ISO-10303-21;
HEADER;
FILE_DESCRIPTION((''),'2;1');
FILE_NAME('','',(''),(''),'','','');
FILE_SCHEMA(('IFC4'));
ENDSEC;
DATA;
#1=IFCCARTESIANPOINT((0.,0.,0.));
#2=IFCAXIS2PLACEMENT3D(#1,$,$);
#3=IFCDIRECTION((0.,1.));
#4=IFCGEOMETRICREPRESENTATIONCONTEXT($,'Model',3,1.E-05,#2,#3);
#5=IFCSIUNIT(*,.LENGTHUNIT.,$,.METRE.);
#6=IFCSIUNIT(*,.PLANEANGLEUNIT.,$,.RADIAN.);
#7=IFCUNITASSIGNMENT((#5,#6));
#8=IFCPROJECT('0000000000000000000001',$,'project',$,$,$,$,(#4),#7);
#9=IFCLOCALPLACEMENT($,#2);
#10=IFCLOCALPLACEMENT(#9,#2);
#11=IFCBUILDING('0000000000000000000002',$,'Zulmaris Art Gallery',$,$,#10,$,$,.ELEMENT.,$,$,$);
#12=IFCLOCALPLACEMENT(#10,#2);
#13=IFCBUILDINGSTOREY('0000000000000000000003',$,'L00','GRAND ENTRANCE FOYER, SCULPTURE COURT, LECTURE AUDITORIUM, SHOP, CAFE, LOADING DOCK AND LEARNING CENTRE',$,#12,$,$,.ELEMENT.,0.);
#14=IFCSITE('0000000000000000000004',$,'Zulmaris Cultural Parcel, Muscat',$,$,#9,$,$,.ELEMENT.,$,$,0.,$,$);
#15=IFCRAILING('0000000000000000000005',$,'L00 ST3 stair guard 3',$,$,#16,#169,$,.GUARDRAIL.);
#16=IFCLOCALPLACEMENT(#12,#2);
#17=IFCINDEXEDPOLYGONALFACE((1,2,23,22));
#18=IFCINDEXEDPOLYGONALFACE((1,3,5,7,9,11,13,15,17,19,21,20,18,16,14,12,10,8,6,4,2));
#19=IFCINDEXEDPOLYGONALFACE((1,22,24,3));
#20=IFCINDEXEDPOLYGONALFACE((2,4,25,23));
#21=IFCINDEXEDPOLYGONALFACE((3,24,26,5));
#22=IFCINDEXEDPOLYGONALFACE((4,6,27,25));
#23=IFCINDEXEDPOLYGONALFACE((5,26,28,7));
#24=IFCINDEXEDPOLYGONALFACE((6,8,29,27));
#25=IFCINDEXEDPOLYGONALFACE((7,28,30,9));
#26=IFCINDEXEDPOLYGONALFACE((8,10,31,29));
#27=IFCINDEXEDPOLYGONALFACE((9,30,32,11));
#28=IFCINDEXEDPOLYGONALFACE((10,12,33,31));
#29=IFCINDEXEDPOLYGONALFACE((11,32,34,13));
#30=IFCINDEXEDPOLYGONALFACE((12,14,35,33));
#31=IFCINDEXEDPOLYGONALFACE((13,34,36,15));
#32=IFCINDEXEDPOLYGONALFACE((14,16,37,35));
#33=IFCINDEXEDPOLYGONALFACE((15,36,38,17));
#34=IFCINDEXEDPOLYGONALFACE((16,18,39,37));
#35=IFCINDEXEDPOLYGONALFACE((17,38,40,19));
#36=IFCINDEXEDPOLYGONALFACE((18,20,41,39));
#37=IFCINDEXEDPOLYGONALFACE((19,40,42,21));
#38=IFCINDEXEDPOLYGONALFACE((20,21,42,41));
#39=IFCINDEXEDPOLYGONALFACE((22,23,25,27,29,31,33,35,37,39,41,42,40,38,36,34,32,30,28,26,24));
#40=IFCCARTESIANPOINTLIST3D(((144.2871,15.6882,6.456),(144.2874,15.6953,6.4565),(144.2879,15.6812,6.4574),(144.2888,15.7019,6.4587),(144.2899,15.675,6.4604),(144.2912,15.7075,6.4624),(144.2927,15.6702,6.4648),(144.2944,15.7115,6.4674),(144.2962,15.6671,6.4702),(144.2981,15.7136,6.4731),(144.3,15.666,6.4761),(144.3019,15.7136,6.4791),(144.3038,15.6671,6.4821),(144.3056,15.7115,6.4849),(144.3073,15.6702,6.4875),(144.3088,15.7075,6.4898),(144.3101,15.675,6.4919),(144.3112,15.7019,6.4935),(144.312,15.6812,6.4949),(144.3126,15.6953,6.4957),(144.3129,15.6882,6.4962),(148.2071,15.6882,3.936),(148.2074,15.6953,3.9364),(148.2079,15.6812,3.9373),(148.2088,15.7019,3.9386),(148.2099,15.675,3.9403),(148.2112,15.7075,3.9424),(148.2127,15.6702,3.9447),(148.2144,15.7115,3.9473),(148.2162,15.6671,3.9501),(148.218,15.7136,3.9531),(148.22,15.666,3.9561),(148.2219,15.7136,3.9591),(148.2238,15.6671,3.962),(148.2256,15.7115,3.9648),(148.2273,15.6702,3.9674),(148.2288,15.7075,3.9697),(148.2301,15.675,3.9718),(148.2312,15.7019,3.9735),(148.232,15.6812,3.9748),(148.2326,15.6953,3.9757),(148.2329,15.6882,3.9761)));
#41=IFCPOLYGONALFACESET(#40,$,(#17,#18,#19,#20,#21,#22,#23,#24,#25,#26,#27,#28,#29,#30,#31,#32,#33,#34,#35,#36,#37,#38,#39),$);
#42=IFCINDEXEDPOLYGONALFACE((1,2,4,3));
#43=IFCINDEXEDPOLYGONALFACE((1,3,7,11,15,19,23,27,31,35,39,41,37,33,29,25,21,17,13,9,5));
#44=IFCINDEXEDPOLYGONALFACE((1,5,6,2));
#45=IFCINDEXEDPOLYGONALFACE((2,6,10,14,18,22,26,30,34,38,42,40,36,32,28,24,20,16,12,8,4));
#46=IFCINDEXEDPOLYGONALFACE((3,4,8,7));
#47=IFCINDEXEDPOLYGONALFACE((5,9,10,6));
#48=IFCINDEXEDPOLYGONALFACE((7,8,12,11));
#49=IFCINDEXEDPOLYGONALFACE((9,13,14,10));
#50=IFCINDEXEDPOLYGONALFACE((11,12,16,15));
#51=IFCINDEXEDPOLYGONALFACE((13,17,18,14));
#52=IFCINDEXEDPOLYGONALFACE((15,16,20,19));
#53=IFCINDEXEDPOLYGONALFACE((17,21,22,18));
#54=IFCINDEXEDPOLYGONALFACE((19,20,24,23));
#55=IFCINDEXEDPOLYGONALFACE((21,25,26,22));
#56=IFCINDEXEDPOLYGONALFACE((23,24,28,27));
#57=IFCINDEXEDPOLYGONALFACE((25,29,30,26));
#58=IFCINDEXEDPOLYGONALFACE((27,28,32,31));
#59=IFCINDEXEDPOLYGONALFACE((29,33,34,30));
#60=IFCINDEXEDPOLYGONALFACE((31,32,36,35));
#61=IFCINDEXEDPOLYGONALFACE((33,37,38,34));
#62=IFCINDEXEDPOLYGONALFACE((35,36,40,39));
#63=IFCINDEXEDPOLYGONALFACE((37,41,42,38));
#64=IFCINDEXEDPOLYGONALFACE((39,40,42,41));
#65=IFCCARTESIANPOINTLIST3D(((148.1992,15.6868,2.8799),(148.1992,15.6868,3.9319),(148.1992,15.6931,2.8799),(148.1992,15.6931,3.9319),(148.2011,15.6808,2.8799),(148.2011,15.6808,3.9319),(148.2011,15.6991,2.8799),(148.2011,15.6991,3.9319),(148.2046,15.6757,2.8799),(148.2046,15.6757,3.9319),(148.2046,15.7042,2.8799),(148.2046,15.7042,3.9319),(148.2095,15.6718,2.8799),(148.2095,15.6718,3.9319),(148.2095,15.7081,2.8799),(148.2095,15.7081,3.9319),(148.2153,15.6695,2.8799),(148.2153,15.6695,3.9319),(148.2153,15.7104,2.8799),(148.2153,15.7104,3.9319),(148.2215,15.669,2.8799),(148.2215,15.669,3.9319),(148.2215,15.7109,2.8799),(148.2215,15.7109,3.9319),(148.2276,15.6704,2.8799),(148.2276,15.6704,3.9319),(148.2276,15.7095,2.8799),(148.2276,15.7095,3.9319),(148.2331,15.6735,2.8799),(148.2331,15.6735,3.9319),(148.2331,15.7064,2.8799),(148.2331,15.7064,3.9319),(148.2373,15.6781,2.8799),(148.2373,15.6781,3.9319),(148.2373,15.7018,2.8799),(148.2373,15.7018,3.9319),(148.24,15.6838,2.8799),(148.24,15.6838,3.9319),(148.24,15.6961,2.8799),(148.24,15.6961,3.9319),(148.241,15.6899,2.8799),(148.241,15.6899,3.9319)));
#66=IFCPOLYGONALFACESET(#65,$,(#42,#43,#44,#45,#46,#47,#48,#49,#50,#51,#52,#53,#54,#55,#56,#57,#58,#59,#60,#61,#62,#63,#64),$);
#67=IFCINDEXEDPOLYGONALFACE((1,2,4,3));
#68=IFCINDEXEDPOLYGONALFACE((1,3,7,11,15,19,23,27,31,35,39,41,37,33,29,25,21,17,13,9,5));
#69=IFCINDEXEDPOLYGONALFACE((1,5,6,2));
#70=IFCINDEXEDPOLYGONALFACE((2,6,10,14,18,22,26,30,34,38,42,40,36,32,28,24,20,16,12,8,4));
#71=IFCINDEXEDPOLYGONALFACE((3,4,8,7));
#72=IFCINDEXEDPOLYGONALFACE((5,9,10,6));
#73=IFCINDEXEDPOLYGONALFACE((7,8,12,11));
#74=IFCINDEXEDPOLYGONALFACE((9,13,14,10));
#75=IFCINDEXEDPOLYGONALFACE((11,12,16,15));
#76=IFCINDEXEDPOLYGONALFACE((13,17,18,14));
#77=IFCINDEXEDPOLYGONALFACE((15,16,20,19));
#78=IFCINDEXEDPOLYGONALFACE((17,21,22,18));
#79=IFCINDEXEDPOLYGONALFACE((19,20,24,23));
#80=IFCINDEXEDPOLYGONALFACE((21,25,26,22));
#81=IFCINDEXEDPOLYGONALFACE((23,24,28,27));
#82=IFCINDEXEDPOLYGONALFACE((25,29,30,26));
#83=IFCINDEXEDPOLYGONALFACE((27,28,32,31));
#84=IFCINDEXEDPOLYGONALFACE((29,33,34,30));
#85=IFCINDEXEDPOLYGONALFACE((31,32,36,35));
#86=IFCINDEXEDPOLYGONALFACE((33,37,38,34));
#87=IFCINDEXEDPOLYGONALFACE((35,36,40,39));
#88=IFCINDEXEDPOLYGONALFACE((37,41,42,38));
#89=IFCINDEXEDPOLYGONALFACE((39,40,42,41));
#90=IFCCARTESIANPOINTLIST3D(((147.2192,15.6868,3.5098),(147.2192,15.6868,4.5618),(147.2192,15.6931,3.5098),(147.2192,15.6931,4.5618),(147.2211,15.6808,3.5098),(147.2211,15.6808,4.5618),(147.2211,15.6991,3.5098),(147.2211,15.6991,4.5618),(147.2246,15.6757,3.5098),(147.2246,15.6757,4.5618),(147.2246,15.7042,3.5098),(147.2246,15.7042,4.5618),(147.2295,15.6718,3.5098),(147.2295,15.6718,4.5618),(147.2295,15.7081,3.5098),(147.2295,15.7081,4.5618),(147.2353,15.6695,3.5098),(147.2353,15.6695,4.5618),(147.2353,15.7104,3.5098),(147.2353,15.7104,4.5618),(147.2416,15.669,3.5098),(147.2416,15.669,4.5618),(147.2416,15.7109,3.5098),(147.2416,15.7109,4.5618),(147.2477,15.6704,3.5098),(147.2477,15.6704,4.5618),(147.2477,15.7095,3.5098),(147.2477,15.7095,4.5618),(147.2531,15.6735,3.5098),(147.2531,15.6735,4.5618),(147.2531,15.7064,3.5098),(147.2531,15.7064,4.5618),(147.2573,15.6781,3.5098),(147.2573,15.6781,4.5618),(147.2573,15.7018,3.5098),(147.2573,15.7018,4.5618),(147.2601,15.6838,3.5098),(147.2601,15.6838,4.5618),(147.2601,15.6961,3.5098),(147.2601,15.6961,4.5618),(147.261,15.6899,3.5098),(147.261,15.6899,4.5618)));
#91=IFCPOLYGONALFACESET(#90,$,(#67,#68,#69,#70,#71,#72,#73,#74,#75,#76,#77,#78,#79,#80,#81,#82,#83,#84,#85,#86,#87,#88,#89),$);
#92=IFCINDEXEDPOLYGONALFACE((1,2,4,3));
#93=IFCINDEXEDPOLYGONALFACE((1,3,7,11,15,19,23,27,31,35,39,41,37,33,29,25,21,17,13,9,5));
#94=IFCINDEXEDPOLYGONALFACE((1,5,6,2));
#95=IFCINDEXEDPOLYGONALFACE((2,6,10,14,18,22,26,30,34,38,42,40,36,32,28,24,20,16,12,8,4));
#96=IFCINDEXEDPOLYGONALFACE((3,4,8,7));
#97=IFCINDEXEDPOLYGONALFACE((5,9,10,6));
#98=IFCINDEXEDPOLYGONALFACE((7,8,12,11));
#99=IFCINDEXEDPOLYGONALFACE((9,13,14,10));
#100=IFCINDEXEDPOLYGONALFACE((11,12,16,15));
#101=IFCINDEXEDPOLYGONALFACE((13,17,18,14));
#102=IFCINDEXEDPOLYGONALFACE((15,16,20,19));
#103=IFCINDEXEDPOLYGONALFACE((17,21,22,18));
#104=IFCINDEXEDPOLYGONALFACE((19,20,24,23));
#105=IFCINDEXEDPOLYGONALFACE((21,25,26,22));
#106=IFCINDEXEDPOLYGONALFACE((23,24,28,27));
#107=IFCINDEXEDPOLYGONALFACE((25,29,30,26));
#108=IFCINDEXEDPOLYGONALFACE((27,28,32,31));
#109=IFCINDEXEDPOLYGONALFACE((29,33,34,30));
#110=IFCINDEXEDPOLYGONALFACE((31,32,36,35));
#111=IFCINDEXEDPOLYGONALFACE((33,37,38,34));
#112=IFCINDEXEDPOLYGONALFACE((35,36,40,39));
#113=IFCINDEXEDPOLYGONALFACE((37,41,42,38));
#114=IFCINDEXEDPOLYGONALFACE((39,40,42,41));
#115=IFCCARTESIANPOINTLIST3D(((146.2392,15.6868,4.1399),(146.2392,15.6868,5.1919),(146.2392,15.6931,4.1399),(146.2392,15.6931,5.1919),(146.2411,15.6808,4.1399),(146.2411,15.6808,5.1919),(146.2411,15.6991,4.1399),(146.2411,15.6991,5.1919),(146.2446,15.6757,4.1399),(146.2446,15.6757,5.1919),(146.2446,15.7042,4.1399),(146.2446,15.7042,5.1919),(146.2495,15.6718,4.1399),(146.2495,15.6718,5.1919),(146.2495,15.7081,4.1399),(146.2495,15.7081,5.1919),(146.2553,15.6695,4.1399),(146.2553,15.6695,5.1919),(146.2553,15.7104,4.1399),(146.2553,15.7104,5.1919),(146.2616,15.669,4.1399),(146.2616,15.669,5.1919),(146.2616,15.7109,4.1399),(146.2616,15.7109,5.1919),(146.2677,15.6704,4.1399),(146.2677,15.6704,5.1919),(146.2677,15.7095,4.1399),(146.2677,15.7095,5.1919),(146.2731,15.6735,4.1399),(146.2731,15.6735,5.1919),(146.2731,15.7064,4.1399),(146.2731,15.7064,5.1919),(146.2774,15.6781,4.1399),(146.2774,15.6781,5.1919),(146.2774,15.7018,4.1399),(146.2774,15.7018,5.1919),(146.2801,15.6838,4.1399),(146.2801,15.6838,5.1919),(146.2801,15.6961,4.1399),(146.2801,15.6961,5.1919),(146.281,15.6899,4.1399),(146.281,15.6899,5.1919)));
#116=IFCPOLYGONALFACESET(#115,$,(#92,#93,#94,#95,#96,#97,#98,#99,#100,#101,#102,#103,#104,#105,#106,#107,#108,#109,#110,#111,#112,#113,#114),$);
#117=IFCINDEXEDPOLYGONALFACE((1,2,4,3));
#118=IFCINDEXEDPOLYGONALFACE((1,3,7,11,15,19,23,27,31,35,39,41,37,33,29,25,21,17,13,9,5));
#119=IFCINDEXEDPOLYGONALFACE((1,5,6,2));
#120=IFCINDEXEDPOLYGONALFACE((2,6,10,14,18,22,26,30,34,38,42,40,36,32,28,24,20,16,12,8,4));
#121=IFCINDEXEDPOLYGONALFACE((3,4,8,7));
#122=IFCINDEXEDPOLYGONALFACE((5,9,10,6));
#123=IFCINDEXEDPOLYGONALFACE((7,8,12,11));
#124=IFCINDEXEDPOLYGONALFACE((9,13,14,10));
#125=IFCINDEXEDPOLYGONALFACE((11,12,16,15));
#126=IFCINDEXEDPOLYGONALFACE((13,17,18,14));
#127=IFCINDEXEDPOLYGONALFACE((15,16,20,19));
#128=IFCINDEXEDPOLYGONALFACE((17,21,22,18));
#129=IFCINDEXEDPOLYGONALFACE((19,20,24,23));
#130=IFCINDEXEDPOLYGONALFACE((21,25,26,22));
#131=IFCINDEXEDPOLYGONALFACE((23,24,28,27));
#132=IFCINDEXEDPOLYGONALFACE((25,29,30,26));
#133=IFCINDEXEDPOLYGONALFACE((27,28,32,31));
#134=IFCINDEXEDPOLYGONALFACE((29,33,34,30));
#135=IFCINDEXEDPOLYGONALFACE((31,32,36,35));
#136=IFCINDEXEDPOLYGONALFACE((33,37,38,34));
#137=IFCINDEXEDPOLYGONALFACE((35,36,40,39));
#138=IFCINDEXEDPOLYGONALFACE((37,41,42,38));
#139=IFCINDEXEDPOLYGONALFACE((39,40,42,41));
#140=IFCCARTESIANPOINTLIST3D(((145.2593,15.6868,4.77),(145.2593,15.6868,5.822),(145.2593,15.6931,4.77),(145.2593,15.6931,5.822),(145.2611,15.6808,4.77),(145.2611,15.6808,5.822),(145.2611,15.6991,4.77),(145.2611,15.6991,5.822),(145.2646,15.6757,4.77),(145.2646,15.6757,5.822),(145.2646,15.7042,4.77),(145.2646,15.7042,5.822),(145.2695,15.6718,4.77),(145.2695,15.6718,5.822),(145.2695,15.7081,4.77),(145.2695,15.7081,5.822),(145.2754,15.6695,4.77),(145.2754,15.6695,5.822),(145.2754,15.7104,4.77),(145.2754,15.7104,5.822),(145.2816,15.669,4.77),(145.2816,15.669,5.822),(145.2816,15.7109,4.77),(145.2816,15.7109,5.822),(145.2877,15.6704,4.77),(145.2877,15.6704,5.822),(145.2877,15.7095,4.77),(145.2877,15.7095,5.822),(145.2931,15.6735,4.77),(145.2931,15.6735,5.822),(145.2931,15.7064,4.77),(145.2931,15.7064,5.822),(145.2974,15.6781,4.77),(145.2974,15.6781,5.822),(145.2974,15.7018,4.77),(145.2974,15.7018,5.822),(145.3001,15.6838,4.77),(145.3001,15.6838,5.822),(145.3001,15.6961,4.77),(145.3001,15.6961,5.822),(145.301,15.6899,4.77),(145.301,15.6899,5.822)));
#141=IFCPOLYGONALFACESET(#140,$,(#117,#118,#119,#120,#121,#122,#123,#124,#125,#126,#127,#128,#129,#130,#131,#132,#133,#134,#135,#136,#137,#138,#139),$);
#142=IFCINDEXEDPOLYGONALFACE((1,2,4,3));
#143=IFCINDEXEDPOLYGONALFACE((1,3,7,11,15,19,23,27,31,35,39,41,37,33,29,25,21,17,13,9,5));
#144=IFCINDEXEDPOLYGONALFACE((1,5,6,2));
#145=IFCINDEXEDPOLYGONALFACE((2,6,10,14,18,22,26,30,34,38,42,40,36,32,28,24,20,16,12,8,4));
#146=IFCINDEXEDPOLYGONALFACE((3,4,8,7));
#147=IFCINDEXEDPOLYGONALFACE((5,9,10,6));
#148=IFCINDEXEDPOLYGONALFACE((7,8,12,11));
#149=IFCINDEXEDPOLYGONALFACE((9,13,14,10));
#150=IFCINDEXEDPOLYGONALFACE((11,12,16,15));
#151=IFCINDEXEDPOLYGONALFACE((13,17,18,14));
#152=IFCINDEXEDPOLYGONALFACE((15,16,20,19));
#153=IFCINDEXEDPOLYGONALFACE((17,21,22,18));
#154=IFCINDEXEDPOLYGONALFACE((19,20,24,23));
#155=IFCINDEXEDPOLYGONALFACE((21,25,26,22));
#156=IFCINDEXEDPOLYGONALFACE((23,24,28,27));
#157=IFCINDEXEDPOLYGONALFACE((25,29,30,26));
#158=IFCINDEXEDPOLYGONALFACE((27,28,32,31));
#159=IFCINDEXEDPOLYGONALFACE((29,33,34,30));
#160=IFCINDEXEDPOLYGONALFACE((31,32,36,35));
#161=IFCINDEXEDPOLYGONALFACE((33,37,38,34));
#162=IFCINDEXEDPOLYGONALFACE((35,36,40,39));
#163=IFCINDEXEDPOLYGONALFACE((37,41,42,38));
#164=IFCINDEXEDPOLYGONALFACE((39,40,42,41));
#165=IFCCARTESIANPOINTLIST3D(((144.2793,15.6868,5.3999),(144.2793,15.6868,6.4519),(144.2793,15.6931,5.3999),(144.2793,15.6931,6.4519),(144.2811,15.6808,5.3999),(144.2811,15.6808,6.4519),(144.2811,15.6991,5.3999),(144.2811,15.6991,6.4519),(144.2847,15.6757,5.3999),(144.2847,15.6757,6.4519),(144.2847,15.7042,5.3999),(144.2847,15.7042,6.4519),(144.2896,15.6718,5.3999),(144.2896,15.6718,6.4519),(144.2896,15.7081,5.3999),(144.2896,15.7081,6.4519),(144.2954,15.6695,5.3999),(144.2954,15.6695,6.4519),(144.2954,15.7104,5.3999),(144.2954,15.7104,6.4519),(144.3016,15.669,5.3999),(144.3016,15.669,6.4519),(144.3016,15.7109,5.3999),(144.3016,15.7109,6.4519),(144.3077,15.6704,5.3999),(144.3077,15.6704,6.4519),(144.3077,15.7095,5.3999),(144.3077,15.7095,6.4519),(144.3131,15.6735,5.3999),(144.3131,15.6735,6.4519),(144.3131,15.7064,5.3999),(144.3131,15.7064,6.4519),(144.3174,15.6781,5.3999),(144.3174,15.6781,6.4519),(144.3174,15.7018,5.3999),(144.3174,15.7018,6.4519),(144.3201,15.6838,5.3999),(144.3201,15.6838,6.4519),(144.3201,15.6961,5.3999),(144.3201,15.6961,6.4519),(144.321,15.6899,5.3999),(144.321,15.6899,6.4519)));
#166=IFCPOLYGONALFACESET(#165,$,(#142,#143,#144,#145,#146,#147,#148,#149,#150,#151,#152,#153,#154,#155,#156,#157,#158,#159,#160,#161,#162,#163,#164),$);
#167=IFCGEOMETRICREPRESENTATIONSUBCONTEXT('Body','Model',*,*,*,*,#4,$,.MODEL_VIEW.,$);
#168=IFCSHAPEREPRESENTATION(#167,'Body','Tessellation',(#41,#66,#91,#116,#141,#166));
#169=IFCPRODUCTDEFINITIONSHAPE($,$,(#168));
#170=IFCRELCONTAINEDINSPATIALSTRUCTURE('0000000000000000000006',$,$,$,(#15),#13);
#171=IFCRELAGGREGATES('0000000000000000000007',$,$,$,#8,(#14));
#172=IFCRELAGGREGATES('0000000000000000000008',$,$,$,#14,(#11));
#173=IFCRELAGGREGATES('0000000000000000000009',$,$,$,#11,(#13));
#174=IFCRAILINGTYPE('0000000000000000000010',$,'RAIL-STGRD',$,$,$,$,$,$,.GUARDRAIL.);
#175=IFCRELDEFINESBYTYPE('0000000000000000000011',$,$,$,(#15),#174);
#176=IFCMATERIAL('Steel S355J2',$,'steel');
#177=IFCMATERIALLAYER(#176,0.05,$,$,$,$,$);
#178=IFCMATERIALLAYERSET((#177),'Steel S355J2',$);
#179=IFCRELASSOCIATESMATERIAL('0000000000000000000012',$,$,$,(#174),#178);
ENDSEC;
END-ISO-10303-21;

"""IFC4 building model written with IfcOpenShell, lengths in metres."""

from ifc_helpers import new_model, si_unit, direction, frame, origin, origin_2d, place, context, subcontext, project, spatial, circle, extrude, material, layer, layer_set, type_object, element, save


model = new_model("IFC4")

# Units and contexts
model_context = context("Model", 3, precision=1e-05, world=origin(), true_north=direction((0.0, 1.0)))
body_context = subcontext(model_context, "Body", "Model", "MODEL_VIEW")
ifc_project = project(units=[si_unit("LENGTHUNIT", "METRE"), si_unit("PLANEANGLEUNIT", "RADIAN")], contexts=[model_context])

# Site, building, storey
site_placement = place(None, origin())
site = spatial("IfcSite", under=ifc_project, at=site_placement, Name="Zulmaris Cultural Parcel, Muscat", CompositionType="ELEMENT", RefElevation=0.0)
building_placement = place(site_placement, origin())
building = spatial("IfcBuilding", under=site, at=building_placement, Name="Zulmaris Art Gallery", CompositionType="ELEMENT")
storey_placement = place(building_placement, origin())
storey = spatial("IfcBuildingStorey", under=building, at=storey_placement, Name="L00", Description="GRAND ENTRANCE FOYER, SCULPTURE COURT, LECTURE AUDITORIUM, SHOP, CAFE, LOADING DOCK AND LEARNING CENTRE", CompositionType="ELEMENT", Elevation=0.0)

# Shared definitions
ifc_material_1 = material(Name="Steel S355J2", Category="steel")

# Railing
ifc_layer_1 = layer(ifc_material_1, 0.05)
ifc_layer_set_1 = layer_set([ifc_layer_1], Name="Steel S355J2")
railing_type_1 = type_object("IfcRailingType", Name="RAIL-STGRD", PredefinedType="GUARDRAIL", material=ifc_layer_set_1)
railing_1_placement = place(storey_placement, frame((148.22, 15.6899, 2.8799)))
element("IfcRailing", 1, at=railing_1_placement, inside=storey, type_object=railing_type_1, Name="L00 ST3 stair guard 3", PredefinedType="GUARDRAIL", context=body_context, shape_type="SweptSolid", body=[
    extrude(circle(Radius=0.0239, at=origin_2d()), frame((0.0, 0.0, 1.0762), z_axis=(-0.841172, 0.0, 0.540768), x_axis=(0.0, -1.0, 0.0)), (0.0, 0.0, 1.0), 4.6602),
    extrude(circle(Radius=0.021, at=origin_2d()), origin(), (0.0, 0.0, 1.0), 1.052),
    extrude(circle(Radius=0.021, at=origin_2d()), frame((-0.98, 0.0, 0.6299)), (0.0, 0.0, 1.0), 1.052),
    extrude(circle(Radius=0.021, at=origin_2d()), frame((-1.96, 0.0, 1.26)), (0.0, 0.0, 1.0), 1.052),
    extrude(circle(Radius=0.021, at=origin_2d()), frame((-2.9399, 0.0, 1.8901)), (0.0, 0.0, 1.0), 1.052),
    extrude(circle(Radius=0.021, at=origin_2d()), frame((-3.9199, 0.0, 2.52)), (0.0, 0.0, 1.0), 1.052),
])

save(model, "model.ifc")
